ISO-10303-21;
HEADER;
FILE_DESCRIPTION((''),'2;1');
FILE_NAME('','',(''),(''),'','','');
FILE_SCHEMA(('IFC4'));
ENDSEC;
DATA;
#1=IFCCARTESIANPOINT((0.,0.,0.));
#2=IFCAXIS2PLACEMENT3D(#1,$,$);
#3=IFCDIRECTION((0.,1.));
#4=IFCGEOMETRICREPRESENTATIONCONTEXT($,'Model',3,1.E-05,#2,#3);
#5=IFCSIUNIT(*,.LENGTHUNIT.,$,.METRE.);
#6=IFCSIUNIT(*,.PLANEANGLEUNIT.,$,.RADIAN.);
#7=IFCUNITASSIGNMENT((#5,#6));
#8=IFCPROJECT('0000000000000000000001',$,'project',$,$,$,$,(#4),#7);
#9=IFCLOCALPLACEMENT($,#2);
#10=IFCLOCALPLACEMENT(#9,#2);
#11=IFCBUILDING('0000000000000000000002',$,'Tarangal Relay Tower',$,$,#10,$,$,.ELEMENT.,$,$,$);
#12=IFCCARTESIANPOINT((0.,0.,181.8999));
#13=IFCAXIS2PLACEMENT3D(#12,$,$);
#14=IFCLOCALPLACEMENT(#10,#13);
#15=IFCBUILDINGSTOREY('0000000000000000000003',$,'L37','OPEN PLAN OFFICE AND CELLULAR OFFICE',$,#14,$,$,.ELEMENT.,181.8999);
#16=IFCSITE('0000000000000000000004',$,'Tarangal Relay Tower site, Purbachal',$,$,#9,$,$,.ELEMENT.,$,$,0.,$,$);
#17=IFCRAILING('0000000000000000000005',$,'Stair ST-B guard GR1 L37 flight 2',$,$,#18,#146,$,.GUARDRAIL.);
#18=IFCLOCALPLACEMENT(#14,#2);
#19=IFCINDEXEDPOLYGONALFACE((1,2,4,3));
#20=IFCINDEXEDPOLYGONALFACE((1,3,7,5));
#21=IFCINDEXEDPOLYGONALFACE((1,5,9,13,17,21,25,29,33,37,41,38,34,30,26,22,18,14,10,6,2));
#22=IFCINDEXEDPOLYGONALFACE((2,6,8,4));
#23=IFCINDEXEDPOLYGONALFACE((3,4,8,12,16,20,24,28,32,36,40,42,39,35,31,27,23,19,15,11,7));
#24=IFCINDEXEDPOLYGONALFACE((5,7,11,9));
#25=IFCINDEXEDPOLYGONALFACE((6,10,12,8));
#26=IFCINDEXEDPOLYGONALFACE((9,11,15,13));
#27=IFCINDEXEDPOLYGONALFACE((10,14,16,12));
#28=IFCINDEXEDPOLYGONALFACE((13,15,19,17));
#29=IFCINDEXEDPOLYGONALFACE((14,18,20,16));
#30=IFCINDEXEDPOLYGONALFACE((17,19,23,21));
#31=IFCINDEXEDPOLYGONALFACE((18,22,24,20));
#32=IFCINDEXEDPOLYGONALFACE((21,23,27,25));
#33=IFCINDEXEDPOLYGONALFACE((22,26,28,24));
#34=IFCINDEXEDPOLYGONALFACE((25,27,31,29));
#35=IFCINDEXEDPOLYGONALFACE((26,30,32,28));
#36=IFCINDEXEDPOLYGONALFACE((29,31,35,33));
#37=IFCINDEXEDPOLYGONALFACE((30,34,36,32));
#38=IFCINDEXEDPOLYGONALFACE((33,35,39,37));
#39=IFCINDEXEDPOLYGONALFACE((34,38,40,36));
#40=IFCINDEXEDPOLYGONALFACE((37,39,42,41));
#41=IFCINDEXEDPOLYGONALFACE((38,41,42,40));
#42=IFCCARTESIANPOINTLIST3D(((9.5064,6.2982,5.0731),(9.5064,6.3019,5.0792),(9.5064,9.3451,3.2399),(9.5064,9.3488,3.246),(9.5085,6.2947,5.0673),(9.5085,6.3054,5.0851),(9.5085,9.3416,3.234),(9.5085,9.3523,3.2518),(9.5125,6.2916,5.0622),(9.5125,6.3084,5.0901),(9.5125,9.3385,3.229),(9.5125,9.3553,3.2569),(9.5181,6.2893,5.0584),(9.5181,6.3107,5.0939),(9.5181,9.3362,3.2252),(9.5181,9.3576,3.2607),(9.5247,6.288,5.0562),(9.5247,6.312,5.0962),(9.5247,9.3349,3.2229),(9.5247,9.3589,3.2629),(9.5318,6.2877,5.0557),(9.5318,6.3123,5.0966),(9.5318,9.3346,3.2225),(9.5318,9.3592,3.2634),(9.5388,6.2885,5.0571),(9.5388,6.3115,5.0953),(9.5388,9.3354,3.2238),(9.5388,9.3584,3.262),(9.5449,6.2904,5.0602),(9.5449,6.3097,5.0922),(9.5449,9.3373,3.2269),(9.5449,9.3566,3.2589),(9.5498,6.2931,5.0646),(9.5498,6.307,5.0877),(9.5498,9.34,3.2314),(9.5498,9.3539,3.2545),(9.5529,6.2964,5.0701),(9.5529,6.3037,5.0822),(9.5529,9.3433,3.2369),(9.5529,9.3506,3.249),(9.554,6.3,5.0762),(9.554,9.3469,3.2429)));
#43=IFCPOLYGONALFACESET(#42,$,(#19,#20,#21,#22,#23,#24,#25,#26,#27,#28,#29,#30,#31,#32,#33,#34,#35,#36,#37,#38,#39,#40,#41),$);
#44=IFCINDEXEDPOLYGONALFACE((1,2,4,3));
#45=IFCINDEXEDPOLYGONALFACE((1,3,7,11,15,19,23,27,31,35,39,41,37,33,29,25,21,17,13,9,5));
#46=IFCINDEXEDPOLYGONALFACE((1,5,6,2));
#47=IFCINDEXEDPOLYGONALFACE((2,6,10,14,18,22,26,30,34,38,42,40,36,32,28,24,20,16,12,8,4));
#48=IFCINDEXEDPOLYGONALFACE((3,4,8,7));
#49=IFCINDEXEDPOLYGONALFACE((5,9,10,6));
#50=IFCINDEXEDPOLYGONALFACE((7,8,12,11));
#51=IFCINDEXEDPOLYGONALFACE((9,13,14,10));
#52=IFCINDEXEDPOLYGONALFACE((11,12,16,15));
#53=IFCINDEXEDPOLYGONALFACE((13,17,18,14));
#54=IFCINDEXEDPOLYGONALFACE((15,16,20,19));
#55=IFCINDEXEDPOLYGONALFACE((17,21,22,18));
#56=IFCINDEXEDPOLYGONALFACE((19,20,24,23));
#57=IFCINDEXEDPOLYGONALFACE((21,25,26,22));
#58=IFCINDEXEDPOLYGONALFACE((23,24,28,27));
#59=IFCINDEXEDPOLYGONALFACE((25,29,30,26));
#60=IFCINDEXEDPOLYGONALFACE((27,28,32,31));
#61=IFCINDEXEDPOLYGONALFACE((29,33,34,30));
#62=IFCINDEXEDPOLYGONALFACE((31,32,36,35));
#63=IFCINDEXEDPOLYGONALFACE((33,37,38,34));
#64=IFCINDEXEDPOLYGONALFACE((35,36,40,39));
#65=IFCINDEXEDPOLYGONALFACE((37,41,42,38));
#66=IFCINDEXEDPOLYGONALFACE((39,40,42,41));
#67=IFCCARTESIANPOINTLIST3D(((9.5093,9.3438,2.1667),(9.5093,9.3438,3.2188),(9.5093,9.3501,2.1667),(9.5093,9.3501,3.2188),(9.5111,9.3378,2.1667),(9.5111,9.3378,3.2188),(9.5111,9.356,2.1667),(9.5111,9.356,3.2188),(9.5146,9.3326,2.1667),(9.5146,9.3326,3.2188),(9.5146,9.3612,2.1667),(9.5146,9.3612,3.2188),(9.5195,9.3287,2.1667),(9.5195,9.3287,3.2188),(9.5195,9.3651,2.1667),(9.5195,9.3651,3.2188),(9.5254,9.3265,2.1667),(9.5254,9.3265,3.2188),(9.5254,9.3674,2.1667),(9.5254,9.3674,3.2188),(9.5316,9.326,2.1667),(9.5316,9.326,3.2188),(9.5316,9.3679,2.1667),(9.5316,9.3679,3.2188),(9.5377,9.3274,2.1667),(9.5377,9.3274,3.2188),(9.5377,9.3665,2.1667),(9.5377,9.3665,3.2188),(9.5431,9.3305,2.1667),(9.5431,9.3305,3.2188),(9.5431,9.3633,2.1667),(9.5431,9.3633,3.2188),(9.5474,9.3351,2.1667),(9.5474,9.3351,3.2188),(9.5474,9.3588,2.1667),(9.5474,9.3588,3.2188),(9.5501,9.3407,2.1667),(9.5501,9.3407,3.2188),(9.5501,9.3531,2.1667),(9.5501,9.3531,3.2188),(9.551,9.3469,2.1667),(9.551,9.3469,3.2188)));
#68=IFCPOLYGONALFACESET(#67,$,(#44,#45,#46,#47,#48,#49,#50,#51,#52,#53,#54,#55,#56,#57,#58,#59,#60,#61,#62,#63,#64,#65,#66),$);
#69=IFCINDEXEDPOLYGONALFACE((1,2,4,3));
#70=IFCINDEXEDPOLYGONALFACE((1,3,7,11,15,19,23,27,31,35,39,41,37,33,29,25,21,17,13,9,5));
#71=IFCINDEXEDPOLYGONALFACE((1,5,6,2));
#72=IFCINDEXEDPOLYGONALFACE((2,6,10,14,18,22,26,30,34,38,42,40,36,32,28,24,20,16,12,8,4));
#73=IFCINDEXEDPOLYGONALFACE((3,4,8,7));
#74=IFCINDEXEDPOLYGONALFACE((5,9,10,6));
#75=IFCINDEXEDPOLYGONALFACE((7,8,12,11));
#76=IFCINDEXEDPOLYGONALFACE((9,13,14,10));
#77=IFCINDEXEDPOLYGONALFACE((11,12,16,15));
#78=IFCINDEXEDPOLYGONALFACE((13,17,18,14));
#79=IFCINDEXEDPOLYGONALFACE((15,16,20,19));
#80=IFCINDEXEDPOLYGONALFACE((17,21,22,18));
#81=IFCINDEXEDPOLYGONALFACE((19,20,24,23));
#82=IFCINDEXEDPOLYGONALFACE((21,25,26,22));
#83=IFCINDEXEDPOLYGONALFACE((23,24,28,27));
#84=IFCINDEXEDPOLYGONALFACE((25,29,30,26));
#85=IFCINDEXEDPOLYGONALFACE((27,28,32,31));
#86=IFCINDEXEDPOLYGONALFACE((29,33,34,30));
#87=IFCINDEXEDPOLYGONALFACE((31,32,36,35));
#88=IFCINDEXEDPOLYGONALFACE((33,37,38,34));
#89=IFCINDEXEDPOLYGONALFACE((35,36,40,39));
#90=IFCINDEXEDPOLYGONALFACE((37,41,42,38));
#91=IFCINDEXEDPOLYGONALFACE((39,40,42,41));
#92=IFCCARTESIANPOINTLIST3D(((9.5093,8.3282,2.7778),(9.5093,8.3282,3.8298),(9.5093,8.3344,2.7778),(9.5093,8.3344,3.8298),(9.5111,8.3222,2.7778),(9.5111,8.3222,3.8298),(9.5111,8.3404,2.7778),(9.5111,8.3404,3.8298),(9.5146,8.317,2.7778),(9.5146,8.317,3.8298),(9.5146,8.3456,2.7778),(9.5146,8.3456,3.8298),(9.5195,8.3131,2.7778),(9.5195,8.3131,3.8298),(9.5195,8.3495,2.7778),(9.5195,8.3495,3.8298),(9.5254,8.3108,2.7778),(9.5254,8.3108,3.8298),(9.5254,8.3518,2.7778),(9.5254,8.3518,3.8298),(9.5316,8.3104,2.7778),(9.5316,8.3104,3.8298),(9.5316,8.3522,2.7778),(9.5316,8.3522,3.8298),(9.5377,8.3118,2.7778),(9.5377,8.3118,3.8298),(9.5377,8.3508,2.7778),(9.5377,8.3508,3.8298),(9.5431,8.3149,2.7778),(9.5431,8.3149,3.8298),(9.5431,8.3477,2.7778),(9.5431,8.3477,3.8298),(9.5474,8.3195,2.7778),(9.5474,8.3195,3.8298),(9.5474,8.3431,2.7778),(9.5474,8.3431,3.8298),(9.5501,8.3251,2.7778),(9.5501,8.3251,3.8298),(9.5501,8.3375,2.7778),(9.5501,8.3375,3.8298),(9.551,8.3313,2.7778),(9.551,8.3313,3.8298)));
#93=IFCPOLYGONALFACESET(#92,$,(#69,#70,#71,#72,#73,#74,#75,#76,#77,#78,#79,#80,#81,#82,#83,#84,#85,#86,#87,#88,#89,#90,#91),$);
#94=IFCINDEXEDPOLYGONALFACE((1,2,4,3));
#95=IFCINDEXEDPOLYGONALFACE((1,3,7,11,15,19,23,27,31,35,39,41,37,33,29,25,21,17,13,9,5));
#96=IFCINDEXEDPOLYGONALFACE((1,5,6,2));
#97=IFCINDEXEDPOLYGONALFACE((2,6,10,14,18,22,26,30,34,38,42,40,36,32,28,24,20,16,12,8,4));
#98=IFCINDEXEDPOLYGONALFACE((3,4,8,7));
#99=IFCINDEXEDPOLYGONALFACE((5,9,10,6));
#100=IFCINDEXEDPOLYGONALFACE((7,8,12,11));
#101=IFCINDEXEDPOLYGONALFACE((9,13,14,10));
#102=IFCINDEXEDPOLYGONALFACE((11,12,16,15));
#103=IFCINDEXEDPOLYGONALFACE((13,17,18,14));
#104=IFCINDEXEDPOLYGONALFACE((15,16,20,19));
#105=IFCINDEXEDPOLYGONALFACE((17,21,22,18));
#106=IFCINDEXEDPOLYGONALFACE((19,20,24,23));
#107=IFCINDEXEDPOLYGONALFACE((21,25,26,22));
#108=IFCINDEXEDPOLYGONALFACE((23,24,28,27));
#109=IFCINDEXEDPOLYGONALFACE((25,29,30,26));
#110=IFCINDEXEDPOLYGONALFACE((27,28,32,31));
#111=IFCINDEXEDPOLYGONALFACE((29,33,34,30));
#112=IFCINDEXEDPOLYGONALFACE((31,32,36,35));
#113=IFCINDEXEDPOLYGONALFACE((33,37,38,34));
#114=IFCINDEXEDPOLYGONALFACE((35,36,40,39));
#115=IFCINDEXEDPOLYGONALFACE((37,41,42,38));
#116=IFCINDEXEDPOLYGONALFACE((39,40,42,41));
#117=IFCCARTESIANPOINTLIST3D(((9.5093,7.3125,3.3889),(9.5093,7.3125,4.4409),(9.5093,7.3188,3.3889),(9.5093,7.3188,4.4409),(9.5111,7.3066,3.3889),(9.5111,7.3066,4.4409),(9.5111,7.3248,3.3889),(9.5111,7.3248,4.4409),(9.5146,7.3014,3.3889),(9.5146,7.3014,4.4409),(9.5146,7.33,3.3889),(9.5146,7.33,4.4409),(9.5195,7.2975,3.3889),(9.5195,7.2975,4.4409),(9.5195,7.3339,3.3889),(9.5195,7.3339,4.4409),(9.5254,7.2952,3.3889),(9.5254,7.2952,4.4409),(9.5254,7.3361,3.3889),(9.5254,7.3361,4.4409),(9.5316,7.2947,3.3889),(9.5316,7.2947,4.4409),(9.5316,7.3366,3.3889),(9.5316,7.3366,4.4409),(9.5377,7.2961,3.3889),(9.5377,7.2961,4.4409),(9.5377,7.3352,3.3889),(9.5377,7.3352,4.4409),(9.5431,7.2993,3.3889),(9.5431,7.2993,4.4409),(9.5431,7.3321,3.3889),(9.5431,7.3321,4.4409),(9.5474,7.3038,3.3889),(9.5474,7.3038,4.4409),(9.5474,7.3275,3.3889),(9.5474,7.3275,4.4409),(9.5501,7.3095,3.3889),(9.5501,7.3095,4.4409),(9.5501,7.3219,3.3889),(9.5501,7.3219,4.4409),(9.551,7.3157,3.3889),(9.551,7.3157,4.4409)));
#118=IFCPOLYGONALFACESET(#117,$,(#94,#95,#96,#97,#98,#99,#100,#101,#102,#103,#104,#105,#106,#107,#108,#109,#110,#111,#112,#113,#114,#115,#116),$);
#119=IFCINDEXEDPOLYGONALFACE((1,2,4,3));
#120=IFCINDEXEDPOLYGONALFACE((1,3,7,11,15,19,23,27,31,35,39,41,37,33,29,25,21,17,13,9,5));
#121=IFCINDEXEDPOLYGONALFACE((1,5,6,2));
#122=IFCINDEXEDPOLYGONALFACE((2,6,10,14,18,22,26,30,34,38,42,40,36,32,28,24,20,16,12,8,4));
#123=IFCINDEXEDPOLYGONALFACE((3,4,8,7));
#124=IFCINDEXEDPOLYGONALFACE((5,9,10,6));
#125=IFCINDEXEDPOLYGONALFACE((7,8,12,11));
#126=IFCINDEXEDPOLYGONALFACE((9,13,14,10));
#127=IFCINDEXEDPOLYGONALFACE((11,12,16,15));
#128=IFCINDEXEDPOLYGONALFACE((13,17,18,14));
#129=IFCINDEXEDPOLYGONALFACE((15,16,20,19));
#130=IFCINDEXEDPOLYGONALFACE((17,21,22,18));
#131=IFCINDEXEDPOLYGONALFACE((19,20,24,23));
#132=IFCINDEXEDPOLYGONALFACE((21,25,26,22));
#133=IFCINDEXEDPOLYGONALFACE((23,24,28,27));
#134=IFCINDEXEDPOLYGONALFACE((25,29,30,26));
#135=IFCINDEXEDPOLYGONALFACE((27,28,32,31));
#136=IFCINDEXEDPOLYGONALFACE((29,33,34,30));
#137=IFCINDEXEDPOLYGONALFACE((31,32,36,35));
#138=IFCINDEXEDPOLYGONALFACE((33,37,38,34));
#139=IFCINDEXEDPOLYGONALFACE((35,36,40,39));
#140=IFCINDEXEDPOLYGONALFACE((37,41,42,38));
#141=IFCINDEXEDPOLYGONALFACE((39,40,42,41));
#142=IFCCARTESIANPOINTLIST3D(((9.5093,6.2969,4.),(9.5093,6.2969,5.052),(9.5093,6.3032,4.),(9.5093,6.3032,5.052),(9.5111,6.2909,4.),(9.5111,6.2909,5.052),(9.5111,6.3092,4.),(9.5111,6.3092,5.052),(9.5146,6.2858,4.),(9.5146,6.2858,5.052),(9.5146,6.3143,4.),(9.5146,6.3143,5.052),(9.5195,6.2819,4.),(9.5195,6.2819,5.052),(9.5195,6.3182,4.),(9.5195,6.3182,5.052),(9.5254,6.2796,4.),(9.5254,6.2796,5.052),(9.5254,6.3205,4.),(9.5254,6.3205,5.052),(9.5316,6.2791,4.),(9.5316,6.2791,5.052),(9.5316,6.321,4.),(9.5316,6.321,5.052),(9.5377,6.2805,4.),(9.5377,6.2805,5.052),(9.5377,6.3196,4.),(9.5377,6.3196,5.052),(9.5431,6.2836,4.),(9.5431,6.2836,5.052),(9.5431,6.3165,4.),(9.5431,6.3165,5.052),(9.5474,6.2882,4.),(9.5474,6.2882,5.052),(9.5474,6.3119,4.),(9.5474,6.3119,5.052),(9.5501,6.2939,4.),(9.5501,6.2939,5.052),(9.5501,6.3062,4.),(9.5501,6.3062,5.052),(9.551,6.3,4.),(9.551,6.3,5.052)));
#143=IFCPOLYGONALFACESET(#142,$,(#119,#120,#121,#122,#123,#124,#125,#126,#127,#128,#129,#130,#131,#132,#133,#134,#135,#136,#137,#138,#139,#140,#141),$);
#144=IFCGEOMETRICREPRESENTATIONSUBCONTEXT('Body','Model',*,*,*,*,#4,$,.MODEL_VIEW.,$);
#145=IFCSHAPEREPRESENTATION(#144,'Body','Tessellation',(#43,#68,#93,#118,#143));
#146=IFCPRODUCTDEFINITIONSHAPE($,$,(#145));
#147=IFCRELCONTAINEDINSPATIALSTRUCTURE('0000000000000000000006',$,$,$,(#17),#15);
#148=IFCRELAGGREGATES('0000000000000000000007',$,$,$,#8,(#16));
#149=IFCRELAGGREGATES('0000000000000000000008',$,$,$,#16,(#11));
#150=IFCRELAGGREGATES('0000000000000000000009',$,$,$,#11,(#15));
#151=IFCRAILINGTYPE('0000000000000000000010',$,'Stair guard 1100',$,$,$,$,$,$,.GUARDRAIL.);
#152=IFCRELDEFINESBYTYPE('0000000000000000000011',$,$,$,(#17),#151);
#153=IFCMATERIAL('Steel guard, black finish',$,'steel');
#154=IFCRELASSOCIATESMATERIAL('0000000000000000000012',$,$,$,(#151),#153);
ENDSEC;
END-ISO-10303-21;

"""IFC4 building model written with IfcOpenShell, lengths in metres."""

from ifc_helpers import new_model, si_unit, direction, frame, origin, origin_2d, place, context, subcontext, project, spatial, circle, extrude, material, type_object, element, save


model = new_model("IFC4")

# Units and contexts
model_context = context("Model", 3, precision=1e-05, world=origin(), true_north=direction((0.0, 1.0)))
body_context = subcontext(model_context, "Body", "Model", "MODEL_VIEW")
ifc_project = project(units=[si_unit("LENGTHUNIT", "METRE"), si_unit("PLANEANGLEUNIT", "RADIAN")], contexts=[model_context])

# Site, building, storey
site_placement = place(None, origin())
site = spatial("IfcSite", under=ifc_project, at=site_placement, Name="Tarangal Relay Tower site, Purbachal", CompositionType="ELEMENT", RefElevation=0.0)
building_placement = place(site_placement, origin())
building = spatial("IfcBuilding", under=site, at=building_placement, Name="Tarangal Relay Tower", CompositionType="ELEMENT")
storey_placement = place(building_placement, frame((0.0, 0.0, 181.8999)))
storey = spatial("IfcBuildingStorey", under=building, at=storey_placement, Name="L37", Description="OPEN PLAN OFFICE AND CELLULAR OFFICE", CompositionType="ELEMENT", Elevation=181.8999)

# Railing
ifc_material_1 = material(Name="Steel guard, black finish", Category="steel")
railing_type_1 = type_object("IfcRailingType", Name="Stair guard 1100", PredefinedType="GUARDRAIL", material=ifc_material_1)
railing_1_placement = place(storey_placement, frame((9.53, 9.3469, 2.1667)))
element("IfcRailing", 1, at=railing_1_placement, inside=storey, type_object=railing_type_1, Name="Stair ST-B guard GR1 L37 flight 2", PredefinedType="GUARDRAIL", context=body_context, shape_type="SweptSolid", body=[
    extrude(circle(Radius=0.0239, at=origin_2d()), frame((0.0, 0.0, 1.0762), z_axis=(0.0, -0.856856, 0.515556), x_axis=(1.0, 0.0, 0.0)), (0.0, 0.0, 1.0), 3.5559),
    extrude(circle(Radius=0.021, at=origin_2d()), origin(), (0.0, 0.0, 1.0), 1.052),
    extrude(circle(Radius=0.021, at=origin_2d()), frame((0.0, -1.0156, 0.6111)), (0.0, 0.0, 1.0), 1.052),
    extrude(circle(Radius=0.021, at=origin_2d()), frame((0.0, -2.0312, 1.2222)), (0.0, 0.0, 1.0), 1.052),
    extrude(circle(Radius=0.021, at=origin_2d()), frame((0.0, -3.0469, 1.8333)), (0.0, 0.0, 1.0), 1.052),
])

save(model, "model.ifc")
